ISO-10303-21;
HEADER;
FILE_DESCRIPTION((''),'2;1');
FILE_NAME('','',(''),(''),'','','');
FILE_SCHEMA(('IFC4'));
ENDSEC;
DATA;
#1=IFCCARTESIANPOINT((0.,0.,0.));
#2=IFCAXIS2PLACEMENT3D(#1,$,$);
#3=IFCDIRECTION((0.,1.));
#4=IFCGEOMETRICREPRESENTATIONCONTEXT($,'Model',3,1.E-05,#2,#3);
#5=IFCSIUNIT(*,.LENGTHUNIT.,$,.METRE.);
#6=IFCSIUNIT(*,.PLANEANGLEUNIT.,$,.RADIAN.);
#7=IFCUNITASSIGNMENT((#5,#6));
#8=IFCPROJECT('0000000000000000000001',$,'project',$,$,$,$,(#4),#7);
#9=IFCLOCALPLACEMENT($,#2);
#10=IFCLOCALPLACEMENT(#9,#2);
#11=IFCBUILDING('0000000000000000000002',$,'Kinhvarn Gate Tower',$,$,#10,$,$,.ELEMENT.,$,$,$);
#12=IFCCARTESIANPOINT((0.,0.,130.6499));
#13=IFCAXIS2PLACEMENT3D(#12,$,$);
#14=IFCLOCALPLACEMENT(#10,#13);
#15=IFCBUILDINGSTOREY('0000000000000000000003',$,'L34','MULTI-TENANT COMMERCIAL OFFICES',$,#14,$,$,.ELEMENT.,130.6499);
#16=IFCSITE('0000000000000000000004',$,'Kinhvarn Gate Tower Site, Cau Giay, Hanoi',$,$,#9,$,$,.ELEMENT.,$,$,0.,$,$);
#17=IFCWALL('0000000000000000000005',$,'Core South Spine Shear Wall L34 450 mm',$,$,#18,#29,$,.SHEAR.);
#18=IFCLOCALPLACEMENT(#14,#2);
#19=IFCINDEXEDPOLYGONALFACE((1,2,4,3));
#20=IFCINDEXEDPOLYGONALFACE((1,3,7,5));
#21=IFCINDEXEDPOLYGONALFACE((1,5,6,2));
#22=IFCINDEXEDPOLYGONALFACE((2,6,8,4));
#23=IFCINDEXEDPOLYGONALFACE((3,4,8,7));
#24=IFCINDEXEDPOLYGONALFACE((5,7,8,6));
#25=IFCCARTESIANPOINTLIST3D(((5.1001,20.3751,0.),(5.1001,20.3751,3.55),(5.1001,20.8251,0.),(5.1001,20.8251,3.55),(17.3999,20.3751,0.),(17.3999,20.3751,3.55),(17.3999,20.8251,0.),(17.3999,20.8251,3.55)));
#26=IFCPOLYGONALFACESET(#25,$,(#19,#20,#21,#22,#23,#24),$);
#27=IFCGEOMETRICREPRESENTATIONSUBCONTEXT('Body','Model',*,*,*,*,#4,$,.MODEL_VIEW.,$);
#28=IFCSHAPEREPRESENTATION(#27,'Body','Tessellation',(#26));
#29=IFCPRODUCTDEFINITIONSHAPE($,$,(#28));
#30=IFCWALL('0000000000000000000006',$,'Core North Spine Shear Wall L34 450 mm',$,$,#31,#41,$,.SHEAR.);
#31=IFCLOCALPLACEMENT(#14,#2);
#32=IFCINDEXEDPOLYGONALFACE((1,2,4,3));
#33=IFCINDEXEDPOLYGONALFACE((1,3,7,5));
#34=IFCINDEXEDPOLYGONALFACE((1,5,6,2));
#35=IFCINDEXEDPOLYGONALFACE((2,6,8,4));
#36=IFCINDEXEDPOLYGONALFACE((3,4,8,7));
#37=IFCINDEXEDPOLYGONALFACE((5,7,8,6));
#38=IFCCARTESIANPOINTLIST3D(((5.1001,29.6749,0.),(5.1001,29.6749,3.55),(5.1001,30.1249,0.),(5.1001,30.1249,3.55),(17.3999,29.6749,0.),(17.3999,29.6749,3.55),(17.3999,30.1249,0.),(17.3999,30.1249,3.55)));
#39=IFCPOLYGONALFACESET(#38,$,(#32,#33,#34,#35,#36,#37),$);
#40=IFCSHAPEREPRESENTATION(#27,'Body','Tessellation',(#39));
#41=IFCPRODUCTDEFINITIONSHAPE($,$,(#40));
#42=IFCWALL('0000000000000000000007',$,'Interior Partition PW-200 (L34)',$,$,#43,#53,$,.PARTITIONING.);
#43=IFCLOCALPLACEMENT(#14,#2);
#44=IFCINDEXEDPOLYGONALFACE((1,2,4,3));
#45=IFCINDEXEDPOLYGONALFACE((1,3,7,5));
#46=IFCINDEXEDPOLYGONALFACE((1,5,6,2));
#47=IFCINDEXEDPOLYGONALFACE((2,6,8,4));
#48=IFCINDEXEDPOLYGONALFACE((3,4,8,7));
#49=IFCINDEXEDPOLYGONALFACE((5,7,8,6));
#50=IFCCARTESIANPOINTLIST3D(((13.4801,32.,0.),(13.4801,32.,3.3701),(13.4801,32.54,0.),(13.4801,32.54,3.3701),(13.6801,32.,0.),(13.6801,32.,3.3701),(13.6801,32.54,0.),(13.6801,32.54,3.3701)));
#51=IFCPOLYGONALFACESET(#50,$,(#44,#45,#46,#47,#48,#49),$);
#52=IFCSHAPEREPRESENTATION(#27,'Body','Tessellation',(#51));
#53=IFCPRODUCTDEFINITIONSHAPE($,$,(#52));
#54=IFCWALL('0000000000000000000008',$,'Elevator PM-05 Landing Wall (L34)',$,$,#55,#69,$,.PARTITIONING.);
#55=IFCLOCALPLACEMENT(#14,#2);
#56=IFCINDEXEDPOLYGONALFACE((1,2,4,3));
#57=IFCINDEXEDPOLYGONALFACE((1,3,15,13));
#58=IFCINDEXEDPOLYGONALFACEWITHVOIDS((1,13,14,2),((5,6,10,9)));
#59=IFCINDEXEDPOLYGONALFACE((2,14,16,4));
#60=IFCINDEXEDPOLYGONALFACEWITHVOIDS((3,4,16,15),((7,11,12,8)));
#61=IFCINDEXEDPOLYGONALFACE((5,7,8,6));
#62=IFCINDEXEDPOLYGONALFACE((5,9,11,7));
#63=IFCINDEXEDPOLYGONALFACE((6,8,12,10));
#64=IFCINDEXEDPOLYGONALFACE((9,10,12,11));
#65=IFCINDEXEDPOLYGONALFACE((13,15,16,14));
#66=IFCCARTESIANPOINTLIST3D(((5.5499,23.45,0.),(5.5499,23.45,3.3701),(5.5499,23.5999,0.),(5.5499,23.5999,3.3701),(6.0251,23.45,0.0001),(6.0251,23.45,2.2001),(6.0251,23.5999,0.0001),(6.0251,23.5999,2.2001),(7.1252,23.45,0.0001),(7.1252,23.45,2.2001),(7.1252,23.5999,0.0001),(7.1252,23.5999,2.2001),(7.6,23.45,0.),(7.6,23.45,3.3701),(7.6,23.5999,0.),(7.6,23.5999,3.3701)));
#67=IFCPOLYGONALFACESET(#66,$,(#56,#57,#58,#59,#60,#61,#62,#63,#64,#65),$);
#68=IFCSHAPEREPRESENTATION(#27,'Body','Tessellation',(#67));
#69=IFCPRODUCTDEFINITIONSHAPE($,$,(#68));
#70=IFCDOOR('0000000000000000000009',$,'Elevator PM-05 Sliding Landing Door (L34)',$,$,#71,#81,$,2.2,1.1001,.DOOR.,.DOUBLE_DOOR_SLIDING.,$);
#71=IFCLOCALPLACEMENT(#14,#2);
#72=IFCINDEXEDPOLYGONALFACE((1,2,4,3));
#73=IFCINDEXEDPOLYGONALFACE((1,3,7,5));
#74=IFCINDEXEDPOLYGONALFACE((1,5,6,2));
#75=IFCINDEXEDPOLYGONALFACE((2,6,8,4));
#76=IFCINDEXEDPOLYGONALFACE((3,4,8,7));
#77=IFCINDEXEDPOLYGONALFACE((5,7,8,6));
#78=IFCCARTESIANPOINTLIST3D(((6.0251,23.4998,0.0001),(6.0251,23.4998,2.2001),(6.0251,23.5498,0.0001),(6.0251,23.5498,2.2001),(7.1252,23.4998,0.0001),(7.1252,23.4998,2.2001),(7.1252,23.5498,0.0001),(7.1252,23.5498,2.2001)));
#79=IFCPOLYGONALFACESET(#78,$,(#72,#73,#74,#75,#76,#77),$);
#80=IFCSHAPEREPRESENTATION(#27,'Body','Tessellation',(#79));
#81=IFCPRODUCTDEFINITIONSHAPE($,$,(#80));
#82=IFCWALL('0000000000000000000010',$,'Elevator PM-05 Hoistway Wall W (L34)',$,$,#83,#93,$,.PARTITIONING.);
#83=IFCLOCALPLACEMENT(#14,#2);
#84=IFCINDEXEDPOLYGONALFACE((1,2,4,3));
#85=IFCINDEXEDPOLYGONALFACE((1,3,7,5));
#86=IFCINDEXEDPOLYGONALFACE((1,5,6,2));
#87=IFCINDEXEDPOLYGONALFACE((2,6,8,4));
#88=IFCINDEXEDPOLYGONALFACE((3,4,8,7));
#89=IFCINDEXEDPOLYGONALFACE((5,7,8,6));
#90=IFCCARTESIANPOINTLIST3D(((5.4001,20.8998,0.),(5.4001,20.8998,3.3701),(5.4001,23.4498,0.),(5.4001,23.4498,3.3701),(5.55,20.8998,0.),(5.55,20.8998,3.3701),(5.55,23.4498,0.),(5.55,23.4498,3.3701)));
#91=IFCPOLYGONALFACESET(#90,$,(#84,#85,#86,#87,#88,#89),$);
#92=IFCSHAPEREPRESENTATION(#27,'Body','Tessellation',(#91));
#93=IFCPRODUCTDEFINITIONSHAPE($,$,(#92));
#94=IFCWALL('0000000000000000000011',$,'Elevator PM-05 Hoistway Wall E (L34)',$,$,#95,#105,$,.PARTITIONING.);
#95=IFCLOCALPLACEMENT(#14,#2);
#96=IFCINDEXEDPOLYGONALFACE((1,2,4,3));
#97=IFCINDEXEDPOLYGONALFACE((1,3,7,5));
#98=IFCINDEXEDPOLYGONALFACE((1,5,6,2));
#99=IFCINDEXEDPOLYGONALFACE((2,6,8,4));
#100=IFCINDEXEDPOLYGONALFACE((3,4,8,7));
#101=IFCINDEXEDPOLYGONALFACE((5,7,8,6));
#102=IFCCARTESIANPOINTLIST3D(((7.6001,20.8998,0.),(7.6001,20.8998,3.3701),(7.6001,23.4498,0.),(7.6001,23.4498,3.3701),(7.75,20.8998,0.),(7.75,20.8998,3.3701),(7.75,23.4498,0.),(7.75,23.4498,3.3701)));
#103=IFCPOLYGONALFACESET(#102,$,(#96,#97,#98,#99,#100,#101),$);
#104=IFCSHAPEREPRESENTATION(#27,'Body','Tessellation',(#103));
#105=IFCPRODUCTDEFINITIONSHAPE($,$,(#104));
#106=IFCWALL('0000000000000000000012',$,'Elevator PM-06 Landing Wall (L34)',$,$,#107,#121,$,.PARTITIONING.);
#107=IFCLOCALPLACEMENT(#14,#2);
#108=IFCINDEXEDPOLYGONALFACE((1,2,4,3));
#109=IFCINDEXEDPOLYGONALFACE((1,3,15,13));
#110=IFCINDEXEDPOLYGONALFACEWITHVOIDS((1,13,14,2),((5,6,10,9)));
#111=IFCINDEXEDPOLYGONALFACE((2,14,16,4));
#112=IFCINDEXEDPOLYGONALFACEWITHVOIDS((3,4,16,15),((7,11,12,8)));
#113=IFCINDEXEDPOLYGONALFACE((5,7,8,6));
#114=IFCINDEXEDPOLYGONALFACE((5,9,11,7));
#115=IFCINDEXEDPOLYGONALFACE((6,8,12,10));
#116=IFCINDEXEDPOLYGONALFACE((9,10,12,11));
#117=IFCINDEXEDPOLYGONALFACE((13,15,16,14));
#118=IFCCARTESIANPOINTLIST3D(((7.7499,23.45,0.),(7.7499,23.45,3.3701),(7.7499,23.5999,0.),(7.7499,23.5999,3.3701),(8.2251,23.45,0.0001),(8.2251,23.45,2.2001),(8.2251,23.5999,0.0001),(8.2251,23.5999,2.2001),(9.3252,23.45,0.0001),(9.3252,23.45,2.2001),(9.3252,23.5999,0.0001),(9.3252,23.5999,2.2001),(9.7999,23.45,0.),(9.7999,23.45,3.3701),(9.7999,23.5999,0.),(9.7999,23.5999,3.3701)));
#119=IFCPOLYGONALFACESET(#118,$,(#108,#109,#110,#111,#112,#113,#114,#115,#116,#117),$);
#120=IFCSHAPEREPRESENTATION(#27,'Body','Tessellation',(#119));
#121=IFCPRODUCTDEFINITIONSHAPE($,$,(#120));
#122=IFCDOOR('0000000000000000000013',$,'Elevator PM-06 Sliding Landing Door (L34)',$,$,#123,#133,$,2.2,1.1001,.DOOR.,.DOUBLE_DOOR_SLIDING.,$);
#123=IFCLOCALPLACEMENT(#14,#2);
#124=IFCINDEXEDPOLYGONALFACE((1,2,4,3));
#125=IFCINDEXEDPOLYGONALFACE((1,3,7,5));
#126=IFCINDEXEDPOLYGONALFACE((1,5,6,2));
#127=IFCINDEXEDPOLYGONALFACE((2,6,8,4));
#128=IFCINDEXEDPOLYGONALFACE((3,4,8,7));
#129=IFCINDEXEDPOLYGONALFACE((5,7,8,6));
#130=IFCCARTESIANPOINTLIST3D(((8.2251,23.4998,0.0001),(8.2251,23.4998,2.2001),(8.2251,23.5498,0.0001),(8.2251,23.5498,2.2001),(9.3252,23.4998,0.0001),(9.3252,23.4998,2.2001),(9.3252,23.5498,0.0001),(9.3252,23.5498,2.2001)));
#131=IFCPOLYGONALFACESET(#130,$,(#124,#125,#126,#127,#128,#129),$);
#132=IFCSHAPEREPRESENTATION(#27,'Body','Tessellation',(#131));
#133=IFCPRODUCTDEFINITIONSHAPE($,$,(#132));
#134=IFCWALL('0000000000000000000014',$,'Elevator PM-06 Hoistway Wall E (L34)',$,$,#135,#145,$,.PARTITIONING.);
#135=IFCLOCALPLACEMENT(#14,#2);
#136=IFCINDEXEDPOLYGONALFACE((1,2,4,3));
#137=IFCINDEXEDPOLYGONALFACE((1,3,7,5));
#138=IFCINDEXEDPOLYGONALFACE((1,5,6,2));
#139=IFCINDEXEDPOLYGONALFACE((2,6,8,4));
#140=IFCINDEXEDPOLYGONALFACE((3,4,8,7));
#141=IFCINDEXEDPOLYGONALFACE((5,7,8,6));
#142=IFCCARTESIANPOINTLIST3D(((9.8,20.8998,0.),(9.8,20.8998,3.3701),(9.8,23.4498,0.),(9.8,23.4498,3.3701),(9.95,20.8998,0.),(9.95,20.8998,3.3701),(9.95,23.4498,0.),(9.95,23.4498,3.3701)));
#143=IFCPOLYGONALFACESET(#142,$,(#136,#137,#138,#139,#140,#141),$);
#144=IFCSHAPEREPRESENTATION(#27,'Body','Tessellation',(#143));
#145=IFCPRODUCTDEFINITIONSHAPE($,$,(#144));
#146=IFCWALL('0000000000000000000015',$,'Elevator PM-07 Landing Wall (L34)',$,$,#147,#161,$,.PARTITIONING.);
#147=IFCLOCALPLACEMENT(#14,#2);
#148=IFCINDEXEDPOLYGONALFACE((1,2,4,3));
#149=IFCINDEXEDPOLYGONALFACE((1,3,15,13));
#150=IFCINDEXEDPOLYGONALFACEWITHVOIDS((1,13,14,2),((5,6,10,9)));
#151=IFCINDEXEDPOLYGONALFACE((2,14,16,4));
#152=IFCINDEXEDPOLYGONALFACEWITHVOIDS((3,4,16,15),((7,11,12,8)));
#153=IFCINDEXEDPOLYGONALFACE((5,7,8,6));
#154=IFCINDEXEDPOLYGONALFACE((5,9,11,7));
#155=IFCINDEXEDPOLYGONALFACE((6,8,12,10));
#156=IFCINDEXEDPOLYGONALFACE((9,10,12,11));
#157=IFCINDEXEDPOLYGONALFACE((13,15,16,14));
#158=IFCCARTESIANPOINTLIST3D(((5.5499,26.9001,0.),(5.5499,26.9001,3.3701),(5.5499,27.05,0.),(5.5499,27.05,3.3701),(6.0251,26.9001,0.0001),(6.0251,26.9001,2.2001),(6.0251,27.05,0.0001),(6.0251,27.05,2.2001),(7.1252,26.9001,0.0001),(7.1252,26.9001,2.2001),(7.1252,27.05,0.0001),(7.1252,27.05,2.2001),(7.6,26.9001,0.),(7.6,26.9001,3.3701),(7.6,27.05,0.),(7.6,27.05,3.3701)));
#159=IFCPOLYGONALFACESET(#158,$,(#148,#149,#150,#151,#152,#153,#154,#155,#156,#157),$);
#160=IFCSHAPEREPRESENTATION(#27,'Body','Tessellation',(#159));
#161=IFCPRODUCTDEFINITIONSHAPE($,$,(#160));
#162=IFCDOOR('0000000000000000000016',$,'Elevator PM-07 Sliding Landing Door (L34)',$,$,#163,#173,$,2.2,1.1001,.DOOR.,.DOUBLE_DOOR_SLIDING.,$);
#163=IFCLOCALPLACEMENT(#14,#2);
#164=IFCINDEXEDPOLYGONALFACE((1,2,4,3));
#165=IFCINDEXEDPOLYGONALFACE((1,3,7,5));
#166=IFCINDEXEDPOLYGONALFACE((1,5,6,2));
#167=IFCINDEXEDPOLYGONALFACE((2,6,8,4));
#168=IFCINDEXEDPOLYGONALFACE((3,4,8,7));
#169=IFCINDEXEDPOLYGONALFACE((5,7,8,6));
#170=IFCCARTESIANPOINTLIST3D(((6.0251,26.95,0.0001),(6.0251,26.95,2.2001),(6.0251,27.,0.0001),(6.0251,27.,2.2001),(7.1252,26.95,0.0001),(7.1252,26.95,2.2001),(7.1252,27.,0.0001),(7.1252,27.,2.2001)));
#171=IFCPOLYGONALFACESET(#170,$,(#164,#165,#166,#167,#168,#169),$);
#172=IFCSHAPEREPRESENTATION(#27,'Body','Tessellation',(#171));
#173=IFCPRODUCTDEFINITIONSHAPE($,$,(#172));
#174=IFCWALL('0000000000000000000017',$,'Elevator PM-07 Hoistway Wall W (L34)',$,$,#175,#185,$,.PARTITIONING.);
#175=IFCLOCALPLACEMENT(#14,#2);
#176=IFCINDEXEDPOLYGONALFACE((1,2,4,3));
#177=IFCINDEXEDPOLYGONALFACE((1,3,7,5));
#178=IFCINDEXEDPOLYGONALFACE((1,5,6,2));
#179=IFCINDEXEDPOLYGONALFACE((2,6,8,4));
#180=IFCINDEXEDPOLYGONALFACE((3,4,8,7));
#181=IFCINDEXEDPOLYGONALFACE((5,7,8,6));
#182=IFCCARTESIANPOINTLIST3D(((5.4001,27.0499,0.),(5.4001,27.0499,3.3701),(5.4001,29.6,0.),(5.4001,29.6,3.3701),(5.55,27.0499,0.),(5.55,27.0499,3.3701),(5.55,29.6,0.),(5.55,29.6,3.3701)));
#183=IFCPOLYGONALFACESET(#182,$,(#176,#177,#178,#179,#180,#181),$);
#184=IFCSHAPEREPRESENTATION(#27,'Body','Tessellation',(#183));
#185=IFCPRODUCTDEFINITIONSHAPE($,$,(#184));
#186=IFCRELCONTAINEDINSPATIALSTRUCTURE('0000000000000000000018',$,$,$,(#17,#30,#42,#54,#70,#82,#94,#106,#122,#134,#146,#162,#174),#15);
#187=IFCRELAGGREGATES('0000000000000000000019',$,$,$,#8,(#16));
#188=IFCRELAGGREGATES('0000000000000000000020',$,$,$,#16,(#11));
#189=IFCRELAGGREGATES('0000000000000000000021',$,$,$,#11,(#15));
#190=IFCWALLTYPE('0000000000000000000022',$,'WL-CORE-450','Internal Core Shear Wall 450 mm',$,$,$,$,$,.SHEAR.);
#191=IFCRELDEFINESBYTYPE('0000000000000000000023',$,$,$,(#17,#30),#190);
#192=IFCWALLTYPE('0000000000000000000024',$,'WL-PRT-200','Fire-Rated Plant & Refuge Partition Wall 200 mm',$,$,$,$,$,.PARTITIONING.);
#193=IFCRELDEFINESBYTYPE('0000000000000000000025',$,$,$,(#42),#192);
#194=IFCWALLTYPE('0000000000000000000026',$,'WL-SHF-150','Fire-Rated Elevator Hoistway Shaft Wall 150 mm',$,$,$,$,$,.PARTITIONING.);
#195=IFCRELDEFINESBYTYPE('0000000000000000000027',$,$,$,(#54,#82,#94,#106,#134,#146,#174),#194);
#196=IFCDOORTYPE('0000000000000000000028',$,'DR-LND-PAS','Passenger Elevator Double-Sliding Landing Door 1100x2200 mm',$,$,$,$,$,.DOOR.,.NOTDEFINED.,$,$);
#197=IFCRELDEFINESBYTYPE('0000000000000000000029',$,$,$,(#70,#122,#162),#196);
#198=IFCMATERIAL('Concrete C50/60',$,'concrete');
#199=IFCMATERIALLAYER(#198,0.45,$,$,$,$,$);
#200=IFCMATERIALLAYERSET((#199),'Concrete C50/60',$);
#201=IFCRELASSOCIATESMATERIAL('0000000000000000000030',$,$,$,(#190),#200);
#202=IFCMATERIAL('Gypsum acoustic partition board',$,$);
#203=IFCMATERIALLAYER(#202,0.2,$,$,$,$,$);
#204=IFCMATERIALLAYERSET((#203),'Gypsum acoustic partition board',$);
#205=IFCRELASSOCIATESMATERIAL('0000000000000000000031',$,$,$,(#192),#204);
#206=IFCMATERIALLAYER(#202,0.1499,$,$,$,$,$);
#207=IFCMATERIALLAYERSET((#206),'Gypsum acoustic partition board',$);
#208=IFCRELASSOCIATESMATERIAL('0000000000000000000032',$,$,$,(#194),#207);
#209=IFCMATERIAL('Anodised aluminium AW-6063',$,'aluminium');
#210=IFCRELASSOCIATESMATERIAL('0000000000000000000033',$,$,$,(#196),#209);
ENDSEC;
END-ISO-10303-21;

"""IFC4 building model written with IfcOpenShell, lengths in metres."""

from ifc_helpers import new_model, si_unit, direction, frame, frame_2d, origin, place, context, subcontext, project, spatial, rectangle, extrude, material, layer, layer_set, type_object, element, fill, save


model = new_model("IFC4")

# Units and contexts
model_context = context("Model", 3, precision=1e-05, world=origin(), true_north=direction((0.0, 1.0)))
body_context = subcontext(model_context, "Body", "Model", "MODEL_VIEW")
ifc_project = project(units=[si_unit("LENGTHUNIT", "METRE"), si_unit("PLANEANGLEUNIT", "RADIAN")], contexts=[model_context])

# Site, building, storey
site_placement = place(None, origin())
site = spatial("IfcSite", under=ifc_project, at=site_placement, Name="Kinhvarn Gate Tower Site, Cau Giay, Hanoi", CompositionType="ELEMENT", RefElevation=0.0)
building_placement = place(site_placement, origin())
building = spatial("IfcBuilding", under=site, at=building_placement, Name="Kinhvarn Gate Tower", CompositionType="ELEMENT")
storey_placement = place(building_placement, frame((0.0, 0.0, 130.6499)))
storey = spatial("IfcBuildingStorey", under=building, at=storey_placement, Name="L34", Description="MULTI-TENANT COMMERCIAL OFFICES", CompositionType="ELEMENT", Elevation=130.6499)

# Walls
ifc_material_1 = material(Name="Concrete C50/60", Category="concrete")
ifc_layer_1 = layer(ifc_material_1, 0.45)
ifc_layer_set_1 = layer_set([ifc_layer_1], Name="Concrete C50/60")
wall_type_1 = type_object("IfcWallType", Name="WL-CORE-450", Description="Internal Core Shear Wall 450 mm", PredefinedType="SHEAR", material=ifc_layer_set_1)
for number, where, z_axis, x_axis, name in (
    (1, (5.1001, 20.6001, 0.0), (0.0, 0.0, 1.0), (1.0, 0.0, 0.0), "Core South Spine Shear Wall L34 450 mm"),
    (2, (5.1001, 29.8999, 0.0), (0.0, 0.0, 1.0), (1.0, 0.0, 0.0), "Core North Spine Shear Wall L34 450 mm"),
):
    element("IfcWall", number, at=place(storey_placement, frame(where, z_axis=z_axis, x_axis=x_axis)), inside=storey, type_object=wall_type_1, Name=name, PredefinedType="SHEAR", context=body_context, shape_type="SweptSolid", body=[
        extrude(rectangle(XDim=12.2998, YDim=0.45, at=frame_2d((6.1499, 0.0))), origin(), (0.0, 0.0, 1.0), 3.55),
    ])
ifc_material_2 = material(Name="Gypsum acoustic partition board")
ifc_layer_2 = layer(ifc_material_2, 0.2)
ifc_layer_set_2 = layer_set([ifc_layer_2], Name="Gypsum acoustic partition board")
wall_type_2 = type_object("IfcWallType", Name="WL-PRT-200", Description="Fire-Rated Plant & Refuge Partition Wall 200 mm", PredefinedType="PARTITIONING", material=ifc_layer_set_2)
wall_1_placement = place(storey_placement, frame((13.5801, 32.0, 0.0), z_axis=(0.0, 0.0, 1.0), x_axis=(0.0, 1.0, 0.0)))
element("IfcWall", 3, at=wall_1_placement, inside=storey, type_object=wall_type_2, Name="Interior Partition PW-200 (L34)", PredefinedType="PARTITIONING", context=body_context, shape_type="SweptSolid", body=[
    extrude(rectangle(XDim=0.54, YDim=0.2, at=frame_2d((0.27, 0.0))), origin(), (0.0, 0.0, 1.0), 3.3701),
])

# Wall, opening, door
ifc_layer_3 = layer(ifc_material_2, 0.1499)
ifc_layer_set_3 = layer_set([ifc_layer_3], Name="Gypsum acoustic partition board")
wall_type_3 = type_object("IfcWallType", Name="WL-SHF-150", Description="Fire-Rated Elevator Hoistway Shaft Wall 150 mm", PredefinedType="PARTITIONING", material=ifc_layer_set_3)
wall_2_placement = place(storey_placement, frame((5.55, 23.5249, 0.0), z_axis=(0.0, 0.0, 1.0), x_axis=(1.0, 0.0, 0.0)))
wall_2 = element("IfcWall", 4, at=wall_2_placement, inside=storey, type_object=wall_type_3, Name="Elevator PM-05 Landing Wall (L34)", PredefinedType="PARTITIONING", context=body_context, shape_type="SweptSolid", body=[
    extrude(rectangle(XDim=2.05, YDim=0.1499, at=frame_2d((1.0249, 0.0))), origin(), (0.0, 0.0, 1.0), 3.3701),
])
opening_1_placement = place(wall_2_placement, frame((0.4751, 0.0, 0.0)))
opening_1 = element("IfcOpeningElement", 5, at=opening_1_placement, cuts=wall_2, PredefinedType="OPENING", context=body_context, shape_type="SweptSolid", body=[
    extrude(rectangle(XDim=1.1001, YDim=2.2, at=frame_2d((0.55, 1.1001))), frame((0.0, 0.085, 0.0), z_axis=(0.0, -1.0, 0.0), x_axis=(1.0, 0.0, 0.0)), (0.0, 0.0, 1.0), 0.1699),
])
ifc_material_3 = material(Name="Anodised aluminium AW-6063", Category="aluminium")
door_type_1 = type_object("IfcDoorType", Name="DR-LND-PAS", Description="Passenger Elevator Double-Sliding Landing Door 1100x2200 mm", OperationType="NOTDEFINED", PredefinedType="DOOR", material=ifc_material_3)
door_1_placement = place(opening_1_placement, origin())
door_1 = element("IfcDoor", 6, at=door_1_placement, inside=storey, type_object=door_type_1, Name="Elevator PM-05 Sliding Landing Door (L34)", OperationType="DOUBLE_DOOR_SLIDING", OverallHeight=2.2, OverallWidth=1.1001, PredefinedType="DOOR", context=body_context, shape_type="SweptSolid", body=[
    extrude(rectangle(XDim=1.1001, YDim=2.2, at=frame_2d((0.55, 1.1001))), frame((0.0, 0.0249, 0.0), z_axis=(0.0, -1.0, 0.0), x_axis=(1.0, 0.0, 0.0)), (0.0, 0.0, 1.0), 0.05),
])
fill(opening_1, door_1)

# Walls
for number, where, z_axis, x_axis, name in (
    (7, (5.4751, 20.8999, 0.0), (0.0, 0.0, 1.0), (0.0, 1.0, 0.0), "Elevator PM-05 Hoistway Wall W (L34)"),
    (8, (7.675, 20.8999, 0.0), (0.0, 0.0, 1.0), (0.0, 1.0, 0.0), "Elevator PM-05 Hoistway Wall E (L34)"),
):
    element("IfcWall", number, at=place(storey_placement, frame(where, z_axis=z_axis, x_axis=x_axis)), inside=storey, type_object=wall_type_3, Name=name, PredefinedType="PARTITIONING", context=body_context, shape_type="SweptSolid", body=[
        extrude(rectangle(XDim=2.55, YDim=0.1499, at=frame_2d((1.2749, 0.0))), origin(), (0.0, 0.0, 1.0), 3.3701),
    ])

# Wall, opening, door
wall_3_placement = place(storey_placement, frame((7.75, 23.5249, 0.0), z_axis=(0.0, 0.0, 1.0), x_axis=(1.0, 0.0, 0.0)))
wall_3 = element("IfcWall", 9, at=wall_3_placement, inside=storey, type_object=wall_type_3, Name="Elevator PM-06 Landing Wall (L34)", PredefinedType="PARTITIONING", context=body_context, shape_type="SweptSolid", body=[
    extrude(rectangle(XDim=2.05, YDim=0.1499, at=frame_2d((1.0249, 0.0))), origin(), (0.0, 0.0, 1.0), 3.3701),
])
opening_2_placement = place(wall_3_placement, frame((0.4751, 0.0, 0.0)))
opening_2 = element("IfcOpeningElement", 10, at=opening_2_placement, cuts=wall_3, PredefinedType="OPENING", context=body_context, shape_type="SweptSolid", body=[
    extrude(rectangle(XDim=1.1001, YDim=2.2, at=frame_2d((0.55, 1.1001))), frame((0.0, 0.085, 0.0), z_axis=(0.0, -1.0, 0.0), x_axis=(1.0, 0.0, 0.0)), (0.0, 0.0, 1.0), 0.1699),
])
door_2_placement = place(opening_2_placement, origin())
door_2 = element("IfcDoor", 11, at=door_2_placement, inside=storey, type_object=door_type_1, Name="Elevator PM-06 Sliding Landing Door (L34)", OperationType="DOUBLE_DOOR_SLIDING", OverallHeight=2.2, OverallWidth=1.1001, PredefinedType="DOOR", context=body_context, shape_type="SweptSolid", body=[
    extrude(rectangle(XDim=1.1001, YDim=2.2, at=frame_2d((0.55, 1.1001))), frame((0.0, 0.0249, 0.0), z_axis=(0.0, -1.0, 0.0), x_axis=(1.0, 0.0, 0.0)), (0.0, 0.0, 1.0), 0.05),
])
fill(opening_2, door_2)

# Wall
wall_4_placement = place(storey_placement, frame((9.875, 20.8999, 0.0), z_axis=(0.0, 0.0, 1.0), x_axis=(0.0, 1.0, 0.0)))
element("IfcWall", 12, at=wall_4_placement, inside=storey, type_object=wall_type_3, Name="Elevator PM-06 Hoistway Wall E (L34)", PredefinedType="PARTITIONING", context=body_context, shape_type="SweptSolid", body=[
    extrude(rectangle(XDim=2.55, YDim=0.1499, at=frame_2d((1.2749, 0.0))), origin(), (0.0, 0.0, 1.0), 3.3701),
])

# Wall, opening, door
wall_5_placement = place(storey_placement, frame((5.55, 26.9751, 0.0), z_axis=(0.0, 0.0, 1.0), x_axis=(1.0, 0.0, 0.0)))
wall_5 = element("IfcWall", 13, at=wall_5_placement, inside=storey, type_object=wall_type_3, Name="Elevator PM-07 Landing Wall (L34)", PredefinedType="PARTITIONING", context=body_context, shape_type="SweptSolid", body=[
    extrude(rectangle(XDim=2.05, YDim=0.1499, at=frame_2d((1.0249, 0.0))), origin(), (0.0, 0.0, 1.0), 3.3701),
])
opening_3_placement = place(wall_5_placement, frame((0.4751, 0.0, 0.0)))
opening_3 = element("IfcOpeningElement", 14, at=opening_3_placement, cuts=wall_5, PredefinedType="OPENING", context=body_context, shape_type="SweptSolid", body=[
    extrude(rectangle(XDim=1.1001, YDim=2.2, at=frame_2d((0.55, 1.1001))), frame((0.0, 0.085, 0.0), z_axis=(0.0, -1.0, 0.0), x_axis=(1.0, 0.0, 0.0)), (0.0, 0.0, 1.0), 0.1699),
])
door_3_placement = place(opening_3_placement, origin())
door_3 = element("IfcDoor", 15, at=door_3_placement, inside=storey, type_object=door_type_1, Name="Elevator PM-07 Sliding Landing Door (L34)", OperationType="DOUBLE_DOOR_SLIDING", OverallHeight=2.2, OverallWidth=1.1001, PredefinedType="DOOR", context=body_context, shape_type="SweptSolid", body=[
    extrude(rectangle(XDim=1.1001, YDim=2.2, at=frame_2d((0.55, 1.1001))), frame((0.0, 0.0249, 0.0), z_axis=(0.0, -1.0, 0.0), x_axis=(1.0, 0.0, 0.0)), (0.0, 0.0, 1.0), 0.05),
])
fill(opening_3, door_3)

# Wall
for number, where, z_axis, x_axis, name in (
    (16, (5.4751, 27.05, 0.0), (0.0, 0.0, 1.0), (0.0, 1.0, 0.0), "Elevator PM-07 Hoistway Wall W (L34)"),
):
    element("IfcWall", number, at=place(storey_placement, frame(where, z_axis=z_axis, x_axis=x_axis)), inside=storey, type_object=wall_type_3, Name=name, PredefinedType="PARTITIONING", context=body_context, shape_type="SweptSolid", body=[
        extrude(rectangle(XDim=2.55, YDim=0.1499, at=frame_2d((1.2749, 0.0))), origin(), (0.0, 0.0, 1.0), 3.3701),
    ])

save(model, "model.ifc")
